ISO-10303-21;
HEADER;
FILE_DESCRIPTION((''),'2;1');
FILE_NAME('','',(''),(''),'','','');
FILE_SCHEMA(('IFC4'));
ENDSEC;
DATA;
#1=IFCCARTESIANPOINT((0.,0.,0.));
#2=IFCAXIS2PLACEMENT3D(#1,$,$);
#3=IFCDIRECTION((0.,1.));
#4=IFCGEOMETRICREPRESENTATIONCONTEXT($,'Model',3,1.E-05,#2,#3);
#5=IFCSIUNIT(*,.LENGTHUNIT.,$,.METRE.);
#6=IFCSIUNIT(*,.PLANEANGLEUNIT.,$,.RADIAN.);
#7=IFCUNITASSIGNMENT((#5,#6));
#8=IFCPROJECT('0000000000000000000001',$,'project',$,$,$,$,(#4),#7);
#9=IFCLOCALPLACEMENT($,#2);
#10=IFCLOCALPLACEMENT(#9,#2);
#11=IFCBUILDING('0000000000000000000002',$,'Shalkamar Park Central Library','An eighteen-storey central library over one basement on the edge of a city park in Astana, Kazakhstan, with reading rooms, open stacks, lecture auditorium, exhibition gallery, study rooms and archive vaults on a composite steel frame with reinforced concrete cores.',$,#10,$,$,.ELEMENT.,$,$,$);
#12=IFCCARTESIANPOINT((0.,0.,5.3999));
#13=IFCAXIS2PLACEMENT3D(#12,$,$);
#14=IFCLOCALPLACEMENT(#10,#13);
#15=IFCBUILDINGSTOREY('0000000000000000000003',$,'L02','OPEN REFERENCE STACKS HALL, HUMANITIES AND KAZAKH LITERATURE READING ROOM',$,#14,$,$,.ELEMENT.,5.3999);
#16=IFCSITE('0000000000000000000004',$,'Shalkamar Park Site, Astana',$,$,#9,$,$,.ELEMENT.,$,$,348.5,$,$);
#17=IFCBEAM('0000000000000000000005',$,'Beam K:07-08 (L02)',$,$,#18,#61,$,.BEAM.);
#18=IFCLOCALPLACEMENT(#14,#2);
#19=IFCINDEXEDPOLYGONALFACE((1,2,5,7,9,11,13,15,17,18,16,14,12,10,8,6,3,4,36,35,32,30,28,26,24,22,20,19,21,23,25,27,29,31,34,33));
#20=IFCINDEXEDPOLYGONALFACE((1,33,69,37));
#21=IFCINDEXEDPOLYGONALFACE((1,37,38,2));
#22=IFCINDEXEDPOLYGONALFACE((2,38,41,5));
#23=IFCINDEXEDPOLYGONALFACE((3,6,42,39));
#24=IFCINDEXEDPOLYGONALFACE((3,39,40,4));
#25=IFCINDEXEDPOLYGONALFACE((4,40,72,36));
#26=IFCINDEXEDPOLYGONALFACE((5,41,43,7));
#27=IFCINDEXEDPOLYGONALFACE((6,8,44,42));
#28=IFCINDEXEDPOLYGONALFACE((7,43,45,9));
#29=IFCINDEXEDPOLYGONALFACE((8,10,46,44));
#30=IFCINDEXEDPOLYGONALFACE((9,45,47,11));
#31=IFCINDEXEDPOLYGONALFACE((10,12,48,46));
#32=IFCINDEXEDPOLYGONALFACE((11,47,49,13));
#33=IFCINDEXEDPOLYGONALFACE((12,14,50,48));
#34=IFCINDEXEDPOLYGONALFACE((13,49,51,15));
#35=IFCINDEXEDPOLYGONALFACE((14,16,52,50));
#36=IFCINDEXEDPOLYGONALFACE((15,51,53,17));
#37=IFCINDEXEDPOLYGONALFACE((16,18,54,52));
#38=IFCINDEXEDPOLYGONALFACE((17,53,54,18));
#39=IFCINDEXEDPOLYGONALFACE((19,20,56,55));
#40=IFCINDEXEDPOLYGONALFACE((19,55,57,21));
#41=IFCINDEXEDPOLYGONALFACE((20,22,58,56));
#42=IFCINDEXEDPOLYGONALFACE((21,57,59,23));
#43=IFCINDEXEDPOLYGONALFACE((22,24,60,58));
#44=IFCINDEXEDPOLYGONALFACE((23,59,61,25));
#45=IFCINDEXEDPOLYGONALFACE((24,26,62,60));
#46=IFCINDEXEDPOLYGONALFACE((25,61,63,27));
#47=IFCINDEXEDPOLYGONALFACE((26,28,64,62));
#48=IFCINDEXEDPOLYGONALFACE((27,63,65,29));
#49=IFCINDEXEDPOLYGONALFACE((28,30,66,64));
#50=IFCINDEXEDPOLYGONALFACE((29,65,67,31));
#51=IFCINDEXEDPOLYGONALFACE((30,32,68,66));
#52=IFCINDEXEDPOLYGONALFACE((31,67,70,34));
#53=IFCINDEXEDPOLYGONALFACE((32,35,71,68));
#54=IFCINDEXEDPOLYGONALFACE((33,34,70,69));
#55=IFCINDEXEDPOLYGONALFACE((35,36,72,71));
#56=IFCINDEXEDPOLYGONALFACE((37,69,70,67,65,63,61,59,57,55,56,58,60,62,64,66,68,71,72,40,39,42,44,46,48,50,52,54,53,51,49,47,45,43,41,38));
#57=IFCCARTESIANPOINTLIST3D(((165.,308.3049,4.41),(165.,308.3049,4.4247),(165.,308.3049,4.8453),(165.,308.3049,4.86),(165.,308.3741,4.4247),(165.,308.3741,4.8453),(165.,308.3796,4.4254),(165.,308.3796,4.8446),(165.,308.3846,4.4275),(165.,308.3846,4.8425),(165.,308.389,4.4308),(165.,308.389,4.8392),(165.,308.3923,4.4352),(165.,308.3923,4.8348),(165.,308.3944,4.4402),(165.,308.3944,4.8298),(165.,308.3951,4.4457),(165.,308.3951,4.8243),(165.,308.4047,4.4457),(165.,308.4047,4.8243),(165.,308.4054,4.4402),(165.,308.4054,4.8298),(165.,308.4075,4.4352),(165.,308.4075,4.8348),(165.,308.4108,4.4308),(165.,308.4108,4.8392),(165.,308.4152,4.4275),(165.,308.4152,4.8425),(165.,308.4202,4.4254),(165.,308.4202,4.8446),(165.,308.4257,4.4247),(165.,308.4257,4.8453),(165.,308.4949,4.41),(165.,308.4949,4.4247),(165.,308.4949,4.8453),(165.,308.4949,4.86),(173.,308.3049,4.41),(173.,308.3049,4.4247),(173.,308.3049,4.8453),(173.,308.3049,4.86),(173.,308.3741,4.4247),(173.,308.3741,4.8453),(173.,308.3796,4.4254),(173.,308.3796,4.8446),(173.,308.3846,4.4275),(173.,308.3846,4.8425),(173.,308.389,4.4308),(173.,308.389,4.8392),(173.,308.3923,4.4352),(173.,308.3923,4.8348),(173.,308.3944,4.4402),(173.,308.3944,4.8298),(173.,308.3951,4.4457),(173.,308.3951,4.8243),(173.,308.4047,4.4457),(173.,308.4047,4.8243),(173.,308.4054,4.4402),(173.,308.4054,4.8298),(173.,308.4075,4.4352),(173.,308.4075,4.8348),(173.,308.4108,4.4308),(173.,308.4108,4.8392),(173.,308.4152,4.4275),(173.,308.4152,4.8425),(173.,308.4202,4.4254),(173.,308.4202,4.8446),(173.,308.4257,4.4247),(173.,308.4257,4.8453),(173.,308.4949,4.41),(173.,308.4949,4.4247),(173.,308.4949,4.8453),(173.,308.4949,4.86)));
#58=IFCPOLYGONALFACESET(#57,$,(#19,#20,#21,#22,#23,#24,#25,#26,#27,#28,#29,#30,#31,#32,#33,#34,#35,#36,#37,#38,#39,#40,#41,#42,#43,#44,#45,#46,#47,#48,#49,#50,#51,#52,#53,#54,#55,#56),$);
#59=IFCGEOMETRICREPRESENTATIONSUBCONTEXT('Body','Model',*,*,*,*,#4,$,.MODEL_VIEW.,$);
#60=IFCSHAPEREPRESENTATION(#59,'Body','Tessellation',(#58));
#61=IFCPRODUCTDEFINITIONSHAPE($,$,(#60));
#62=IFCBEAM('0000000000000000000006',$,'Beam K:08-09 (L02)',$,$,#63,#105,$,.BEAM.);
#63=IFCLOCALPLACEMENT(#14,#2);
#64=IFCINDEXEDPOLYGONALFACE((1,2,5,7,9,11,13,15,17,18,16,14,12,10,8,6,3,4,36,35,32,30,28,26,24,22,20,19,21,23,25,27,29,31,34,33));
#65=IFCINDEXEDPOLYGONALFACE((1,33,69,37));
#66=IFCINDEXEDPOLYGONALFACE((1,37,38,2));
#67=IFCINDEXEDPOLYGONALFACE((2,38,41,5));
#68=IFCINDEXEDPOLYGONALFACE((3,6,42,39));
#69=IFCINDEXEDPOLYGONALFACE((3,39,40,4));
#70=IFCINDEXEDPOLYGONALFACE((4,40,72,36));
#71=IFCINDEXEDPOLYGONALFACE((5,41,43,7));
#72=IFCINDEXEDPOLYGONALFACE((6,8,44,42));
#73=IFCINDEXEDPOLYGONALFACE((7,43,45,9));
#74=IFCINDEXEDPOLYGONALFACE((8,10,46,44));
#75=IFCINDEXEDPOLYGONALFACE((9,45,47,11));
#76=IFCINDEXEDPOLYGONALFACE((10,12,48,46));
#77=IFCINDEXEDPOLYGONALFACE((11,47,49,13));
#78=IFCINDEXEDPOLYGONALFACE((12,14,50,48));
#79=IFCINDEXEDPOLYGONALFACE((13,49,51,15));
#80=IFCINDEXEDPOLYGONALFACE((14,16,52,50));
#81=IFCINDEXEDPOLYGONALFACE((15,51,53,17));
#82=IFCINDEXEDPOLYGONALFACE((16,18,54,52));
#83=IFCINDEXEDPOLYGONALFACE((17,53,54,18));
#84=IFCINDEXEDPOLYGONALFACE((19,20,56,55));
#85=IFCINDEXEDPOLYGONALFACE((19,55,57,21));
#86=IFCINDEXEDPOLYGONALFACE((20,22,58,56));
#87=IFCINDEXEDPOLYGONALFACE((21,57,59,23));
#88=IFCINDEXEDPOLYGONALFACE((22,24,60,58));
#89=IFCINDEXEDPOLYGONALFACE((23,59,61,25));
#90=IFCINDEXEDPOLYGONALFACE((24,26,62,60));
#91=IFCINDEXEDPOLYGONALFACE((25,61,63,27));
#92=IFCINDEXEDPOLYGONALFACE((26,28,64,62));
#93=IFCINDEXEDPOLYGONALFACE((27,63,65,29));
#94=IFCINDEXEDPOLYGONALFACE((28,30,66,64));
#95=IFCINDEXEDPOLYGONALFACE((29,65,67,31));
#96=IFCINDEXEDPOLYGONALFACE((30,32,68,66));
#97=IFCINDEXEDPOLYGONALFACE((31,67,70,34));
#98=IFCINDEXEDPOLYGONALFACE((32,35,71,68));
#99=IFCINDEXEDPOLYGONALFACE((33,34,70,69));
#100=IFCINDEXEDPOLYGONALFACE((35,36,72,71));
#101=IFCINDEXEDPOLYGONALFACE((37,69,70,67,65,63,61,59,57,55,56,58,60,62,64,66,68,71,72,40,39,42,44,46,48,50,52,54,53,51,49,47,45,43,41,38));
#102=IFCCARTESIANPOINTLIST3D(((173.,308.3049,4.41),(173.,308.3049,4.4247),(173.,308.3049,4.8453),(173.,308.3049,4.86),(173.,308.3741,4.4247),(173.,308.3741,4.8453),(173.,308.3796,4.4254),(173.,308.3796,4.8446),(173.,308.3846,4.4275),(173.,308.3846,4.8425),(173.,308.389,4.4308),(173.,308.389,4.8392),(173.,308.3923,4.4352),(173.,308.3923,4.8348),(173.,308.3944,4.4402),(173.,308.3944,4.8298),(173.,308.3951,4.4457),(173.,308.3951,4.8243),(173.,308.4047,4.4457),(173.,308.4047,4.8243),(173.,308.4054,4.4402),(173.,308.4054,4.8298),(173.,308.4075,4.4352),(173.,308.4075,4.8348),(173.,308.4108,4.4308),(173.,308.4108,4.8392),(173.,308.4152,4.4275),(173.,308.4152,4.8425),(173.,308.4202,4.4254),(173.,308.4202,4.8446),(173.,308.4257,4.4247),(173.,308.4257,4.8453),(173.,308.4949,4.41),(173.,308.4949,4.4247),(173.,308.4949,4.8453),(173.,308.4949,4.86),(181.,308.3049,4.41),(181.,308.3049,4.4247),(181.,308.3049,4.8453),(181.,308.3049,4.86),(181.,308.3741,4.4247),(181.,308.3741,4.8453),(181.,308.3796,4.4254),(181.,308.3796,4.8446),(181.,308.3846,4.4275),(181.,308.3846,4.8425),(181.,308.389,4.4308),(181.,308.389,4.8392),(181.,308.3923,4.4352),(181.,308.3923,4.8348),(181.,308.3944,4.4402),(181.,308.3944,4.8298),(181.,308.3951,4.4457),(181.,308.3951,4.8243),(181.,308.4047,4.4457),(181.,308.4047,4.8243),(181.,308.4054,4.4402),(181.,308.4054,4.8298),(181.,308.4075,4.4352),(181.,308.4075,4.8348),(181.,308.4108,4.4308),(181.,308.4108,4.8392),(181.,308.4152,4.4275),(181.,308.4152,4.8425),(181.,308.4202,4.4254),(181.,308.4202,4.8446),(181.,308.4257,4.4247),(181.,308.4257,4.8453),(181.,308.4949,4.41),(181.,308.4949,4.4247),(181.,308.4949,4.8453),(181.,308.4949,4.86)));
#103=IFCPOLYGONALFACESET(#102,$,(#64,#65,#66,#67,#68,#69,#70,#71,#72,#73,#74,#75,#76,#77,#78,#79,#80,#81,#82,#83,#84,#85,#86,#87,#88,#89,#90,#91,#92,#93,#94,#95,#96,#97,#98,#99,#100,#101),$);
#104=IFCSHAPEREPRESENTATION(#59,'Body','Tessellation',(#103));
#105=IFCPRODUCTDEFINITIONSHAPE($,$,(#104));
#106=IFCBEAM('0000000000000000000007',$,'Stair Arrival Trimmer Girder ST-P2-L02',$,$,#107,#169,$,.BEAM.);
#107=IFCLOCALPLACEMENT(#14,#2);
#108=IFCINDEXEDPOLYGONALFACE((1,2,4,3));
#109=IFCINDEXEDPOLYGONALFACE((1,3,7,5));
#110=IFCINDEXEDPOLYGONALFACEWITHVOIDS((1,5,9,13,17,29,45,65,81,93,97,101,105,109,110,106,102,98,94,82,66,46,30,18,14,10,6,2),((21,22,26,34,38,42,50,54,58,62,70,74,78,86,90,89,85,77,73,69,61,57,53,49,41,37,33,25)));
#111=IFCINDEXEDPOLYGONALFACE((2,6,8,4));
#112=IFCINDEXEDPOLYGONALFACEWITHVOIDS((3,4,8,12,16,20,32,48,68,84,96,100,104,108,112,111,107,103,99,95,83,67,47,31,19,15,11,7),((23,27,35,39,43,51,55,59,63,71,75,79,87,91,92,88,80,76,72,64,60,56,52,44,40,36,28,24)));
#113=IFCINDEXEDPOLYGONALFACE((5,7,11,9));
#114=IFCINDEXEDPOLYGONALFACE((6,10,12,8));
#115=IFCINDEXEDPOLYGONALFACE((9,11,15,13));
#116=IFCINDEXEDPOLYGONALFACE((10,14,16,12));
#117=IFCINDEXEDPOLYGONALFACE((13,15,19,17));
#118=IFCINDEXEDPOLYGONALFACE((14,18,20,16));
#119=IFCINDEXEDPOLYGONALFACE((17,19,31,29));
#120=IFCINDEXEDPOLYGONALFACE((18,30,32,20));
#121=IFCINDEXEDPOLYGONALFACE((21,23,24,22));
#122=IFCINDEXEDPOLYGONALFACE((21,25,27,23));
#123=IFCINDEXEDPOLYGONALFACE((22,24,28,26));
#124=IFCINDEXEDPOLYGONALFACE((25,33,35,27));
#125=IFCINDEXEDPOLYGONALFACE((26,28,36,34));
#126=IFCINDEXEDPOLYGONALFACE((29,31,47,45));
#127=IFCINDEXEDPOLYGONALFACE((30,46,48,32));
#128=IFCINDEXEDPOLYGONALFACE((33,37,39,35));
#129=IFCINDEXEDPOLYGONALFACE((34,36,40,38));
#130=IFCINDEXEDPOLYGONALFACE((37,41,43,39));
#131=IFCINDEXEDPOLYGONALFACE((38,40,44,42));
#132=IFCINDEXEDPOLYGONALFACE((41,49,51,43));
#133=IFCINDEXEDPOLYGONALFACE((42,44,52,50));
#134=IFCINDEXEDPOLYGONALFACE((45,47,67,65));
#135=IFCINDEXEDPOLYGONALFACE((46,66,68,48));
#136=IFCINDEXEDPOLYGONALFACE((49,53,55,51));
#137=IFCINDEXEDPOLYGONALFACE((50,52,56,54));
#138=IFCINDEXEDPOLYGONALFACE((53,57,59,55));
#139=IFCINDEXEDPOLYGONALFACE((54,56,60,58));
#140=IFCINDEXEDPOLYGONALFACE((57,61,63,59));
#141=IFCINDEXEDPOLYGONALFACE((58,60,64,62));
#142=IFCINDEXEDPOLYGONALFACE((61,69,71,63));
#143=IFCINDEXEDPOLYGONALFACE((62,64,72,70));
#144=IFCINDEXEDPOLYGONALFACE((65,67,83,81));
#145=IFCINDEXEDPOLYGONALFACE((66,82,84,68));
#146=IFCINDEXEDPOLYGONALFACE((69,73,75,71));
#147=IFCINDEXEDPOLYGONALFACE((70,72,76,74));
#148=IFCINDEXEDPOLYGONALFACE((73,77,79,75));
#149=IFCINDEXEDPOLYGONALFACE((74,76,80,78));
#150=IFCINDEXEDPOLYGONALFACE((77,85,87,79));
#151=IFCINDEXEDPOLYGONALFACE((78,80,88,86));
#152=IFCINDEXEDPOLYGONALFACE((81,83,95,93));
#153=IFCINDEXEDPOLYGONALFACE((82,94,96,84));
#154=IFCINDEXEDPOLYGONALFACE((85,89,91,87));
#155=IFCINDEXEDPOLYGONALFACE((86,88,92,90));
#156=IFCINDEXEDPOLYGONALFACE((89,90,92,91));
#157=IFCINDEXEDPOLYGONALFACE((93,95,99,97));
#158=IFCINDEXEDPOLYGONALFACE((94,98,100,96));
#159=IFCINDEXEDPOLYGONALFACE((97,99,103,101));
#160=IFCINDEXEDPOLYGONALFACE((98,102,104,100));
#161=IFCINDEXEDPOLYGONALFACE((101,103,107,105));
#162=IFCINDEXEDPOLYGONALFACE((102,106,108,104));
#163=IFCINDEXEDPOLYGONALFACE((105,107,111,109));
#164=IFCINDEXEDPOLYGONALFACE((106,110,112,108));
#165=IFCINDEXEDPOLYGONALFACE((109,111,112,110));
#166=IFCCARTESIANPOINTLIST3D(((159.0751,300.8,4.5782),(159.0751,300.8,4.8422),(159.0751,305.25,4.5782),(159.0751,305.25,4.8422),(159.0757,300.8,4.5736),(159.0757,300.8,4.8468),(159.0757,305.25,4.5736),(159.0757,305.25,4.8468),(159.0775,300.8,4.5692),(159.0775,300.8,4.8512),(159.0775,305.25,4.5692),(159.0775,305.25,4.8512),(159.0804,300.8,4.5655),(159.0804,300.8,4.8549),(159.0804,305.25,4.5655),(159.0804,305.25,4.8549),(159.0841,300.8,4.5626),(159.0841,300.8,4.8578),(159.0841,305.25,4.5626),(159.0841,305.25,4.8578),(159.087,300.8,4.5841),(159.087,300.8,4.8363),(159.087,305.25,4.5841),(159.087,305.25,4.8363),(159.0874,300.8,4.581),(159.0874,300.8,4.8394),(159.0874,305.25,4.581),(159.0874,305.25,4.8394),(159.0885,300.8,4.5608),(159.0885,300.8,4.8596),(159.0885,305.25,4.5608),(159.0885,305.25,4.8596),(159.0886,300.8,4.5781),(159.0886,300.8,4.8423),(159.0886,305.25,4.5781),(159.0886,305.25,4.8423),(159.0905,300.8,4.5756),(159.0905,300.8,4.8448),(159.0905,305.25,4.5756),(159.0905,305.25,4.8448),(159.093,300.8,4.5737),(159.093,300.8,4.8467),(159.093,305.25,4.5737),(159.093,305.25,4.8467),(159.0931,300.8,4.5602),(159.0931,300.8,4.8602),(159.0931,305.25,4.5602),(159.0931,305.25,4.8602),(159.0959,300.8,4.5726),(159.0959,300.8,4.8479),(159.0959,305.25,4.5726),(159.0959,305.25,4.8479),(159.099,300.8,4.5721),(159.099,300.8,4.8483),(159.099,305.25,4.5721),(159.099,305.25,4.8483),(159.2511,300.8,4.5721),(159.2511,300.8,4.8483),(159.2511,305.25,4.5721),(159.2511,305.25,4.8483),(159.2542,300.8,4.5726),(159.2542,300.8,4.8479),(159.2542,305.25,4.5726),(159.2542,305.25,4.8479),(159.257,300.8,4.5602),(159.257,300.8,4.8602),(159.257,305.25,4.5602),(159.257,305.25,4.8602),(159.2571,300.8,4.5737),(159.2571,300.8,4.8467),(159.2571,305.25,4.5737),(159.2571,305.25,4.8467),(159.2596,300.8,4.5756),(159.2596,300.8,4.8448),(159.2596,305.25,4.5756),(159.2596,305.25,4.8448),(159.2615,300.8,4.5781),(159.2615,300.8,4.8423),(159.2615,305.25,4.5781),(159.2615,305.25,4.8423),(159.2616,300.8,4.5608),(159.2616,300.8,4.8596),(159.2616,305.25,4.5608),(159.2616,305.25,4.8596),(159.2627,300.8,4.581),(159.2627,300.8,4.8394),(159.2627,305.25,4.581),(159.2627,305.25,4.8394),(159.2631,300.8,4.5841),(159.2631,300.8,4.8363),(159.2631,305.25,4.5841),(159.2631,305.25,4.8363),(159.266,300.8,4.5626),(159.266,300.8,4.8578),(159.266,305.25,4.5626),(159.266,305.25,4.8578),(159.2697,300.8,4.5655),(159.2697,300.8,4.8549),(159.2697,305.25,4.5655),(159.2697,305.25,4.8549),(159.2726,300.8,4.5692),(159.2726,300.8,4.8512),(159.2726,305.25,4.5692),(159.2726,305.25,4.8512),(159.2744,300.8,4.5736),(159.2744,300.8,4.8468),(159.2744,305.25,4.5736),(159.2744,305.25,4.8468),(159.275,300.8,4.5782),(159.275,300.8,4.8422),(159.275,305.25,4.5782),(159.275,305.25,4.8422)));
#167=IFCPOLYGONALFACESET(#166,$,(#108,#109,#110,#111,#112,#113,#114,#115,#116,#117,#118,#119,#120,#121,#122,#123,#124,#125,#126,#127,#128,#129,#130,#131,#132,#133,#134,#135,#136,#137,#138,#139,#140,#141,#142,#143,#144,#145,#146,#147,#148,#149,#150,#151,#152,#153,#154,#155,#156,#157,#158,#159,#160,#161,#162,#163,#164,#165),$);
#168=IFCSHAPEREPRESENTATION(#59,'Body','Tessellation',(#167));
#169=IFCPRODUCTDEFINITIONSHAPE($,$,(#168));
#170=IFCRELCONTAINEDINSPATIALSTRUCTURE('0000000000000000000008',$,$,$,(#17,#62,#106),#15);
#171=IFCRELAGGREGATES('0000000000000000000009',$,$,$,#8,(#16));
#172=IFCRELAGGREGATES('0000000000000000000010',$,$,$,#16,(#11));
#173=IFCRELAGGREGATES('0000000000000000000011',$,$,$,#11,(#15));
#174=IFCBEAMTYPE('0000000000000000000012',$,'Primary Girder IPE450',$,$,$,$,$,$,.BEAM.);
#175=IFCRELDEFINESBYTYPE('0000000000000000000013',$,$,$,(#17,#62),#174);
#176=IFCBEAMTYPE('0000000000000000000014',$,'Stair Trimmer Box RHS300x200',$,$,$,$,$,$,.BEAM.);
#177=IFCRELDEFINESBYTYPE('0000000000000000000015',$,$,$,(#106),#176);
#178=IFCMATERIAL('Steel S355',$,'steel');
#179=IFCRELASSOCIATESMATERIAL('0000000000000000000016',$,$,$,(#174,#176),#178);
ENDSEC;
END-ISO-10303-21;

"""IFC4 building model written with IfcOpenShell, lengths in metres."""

from ifc_helpers import new_model, si_unit, direction, frame, origin, origin_2d, place, context, subcontext, project, spatial, hollow_rectangle, i_section, extrude, material, material_profile, profile_set, type_object, element, save


model = new_model("IFC4")

# Units and contexts
model_context = context("Model", 3, precision=1e-05, world=origin(), true_north=direction((0.0, 1.0)))
body_context = subcontext(model_context, "Body", "Model", "MODEL_VIEW")
ifc_project = project(units=[si_unit("LENGTHUNIT", "METRE"), si_unit("PLANEANGLEUNIT", "RADIAN")], contexts=[model_context])

# Site, building, storey
site_placement = place(None, origin())
site = spatial("IfcSite", under=ifc_project, at=site_placement, Name="Shalkamar Park Site, Astana", CompositionType="ELEMENT", RefElevation=348.5)
building_placement = place(site_placement, origin())
building = spatial("IfcBuilding", under=site, at=building_placement, Name="Shalkamar Park Central Library", Description="An eighteen-storey central library over one basement on the edge of a city park in Astana, Kazakhstan, with reading rooms, open stacks, lecture auditorium, exhibition gallery, study rooms and archive vaults on a composite steel frame with reinforced concrete cores.", CompositionType="ELEMENT")
storey_placement = place(building_placement, frame((0.0, 0.0, 5.3999)))
storey = spatial("IfcBuildingStorey", under=building, at=storey_placement, Name="L02", Description="OPEN REFERENCE STACKS HALL, HUMANITIES AND KAZAKH LITERATURE READING ROOM", CompositionType="ELEMENT", Elevation=5.3999)

# Shared definitions
ifc_material_1 = material(Name="Steel S355", Category="steel")

# Beams
ifc_material_profile_1 = material_profile(ifc_material_1, i_section(OverallWidth=0.1899, OverallDepth=0.45, WebThickness=0.0095, FlangeThickness=0.0146, FilletRadius=0.021, at=origin_2d()), Name="IPE 450")
ifc_profile_set_1 = profile_set([ifc_material_profile_1], Name="Steel S355")
beam_type_1 = type_object("IfcBeamType", Name="Primary Girder IPE450", PredefinedType="BEAM", material=ifc_profile_set_1)
for number, where, z_axis, x_axis, name in (
    (1, (165.0, 308.3999, 4.635), (1.0, 0.0, 0.0), (0.0, 1.0, 0.0), "Beam K:07-08 (L02)"),
    (2, (173.0, 308.3999, 4.635), (1.0, 0.0, 0.0), (0.0, 1.0, 0.0), "Beam K:08-09 (L02)"),
):
    element("IfcBeam", number, at=place(storey_placement, frame(where, z_axis=z_axis, x_axis=x_axis)), inside=storey, type_object=beam_type_1, Name=name, PredefinedType="BEAM", context=body_context, shape_type="SweptSolid", body=[
        extrude(i_section(OverallWidth=0.1899, OverallDepth=0.45, WebThickness=0.0095, FlangeThickness=0.0146, FilletRadius=0.021, at=origin_2d()), origin(), (0.0, 0.0, 1.0), 8.0),
    ])
ifc_material_profile_2 = material_profile(ifc_material_1, hollow_rectangle(XDim=0.2, YDim=0.3, WallThickness=0.012, InnerFilletRadius=0.012, OuterFilletRadius=0.0181, at=origin_2d()), Name="RHS 300x200x12")
ifc_profile_set_2 = profile_set([ifc_material_profile_2], Name="Steel S355")
beam_type_2 = type_object("IfcBeamType", Name="Stair Trimmer Box RHS300x200", PredefinedType="BEAM", material=ifc_profile_set_2)
beam_1_placement = place(storey_placement, frame((159.175, 300.8, 4.7102), z_axis=(0.0, 1.0, 0.0), x_axis=(-1.0, 0.0, 0.0)))
element("IfcBeam", 3, at=beam_1_placement, inside=storey, type_object=beam_type_2, Name="Stair Arrival Trimmer Girder ST-P2-L02", PredefinedType="BEAM", context=body_context, shape_type="SweptSolid", body=[
    extrude(hollow_rectangle(XDim=0.2, YDim=0.3, WallThickness=0.012, InnerFilletRadius=0.012, OuterFilletRadius=0.0181, at=origin_2d()), origin(), (0.0, 0.0, 1.0), 4.45),
])

save(model, "model.ifc")
